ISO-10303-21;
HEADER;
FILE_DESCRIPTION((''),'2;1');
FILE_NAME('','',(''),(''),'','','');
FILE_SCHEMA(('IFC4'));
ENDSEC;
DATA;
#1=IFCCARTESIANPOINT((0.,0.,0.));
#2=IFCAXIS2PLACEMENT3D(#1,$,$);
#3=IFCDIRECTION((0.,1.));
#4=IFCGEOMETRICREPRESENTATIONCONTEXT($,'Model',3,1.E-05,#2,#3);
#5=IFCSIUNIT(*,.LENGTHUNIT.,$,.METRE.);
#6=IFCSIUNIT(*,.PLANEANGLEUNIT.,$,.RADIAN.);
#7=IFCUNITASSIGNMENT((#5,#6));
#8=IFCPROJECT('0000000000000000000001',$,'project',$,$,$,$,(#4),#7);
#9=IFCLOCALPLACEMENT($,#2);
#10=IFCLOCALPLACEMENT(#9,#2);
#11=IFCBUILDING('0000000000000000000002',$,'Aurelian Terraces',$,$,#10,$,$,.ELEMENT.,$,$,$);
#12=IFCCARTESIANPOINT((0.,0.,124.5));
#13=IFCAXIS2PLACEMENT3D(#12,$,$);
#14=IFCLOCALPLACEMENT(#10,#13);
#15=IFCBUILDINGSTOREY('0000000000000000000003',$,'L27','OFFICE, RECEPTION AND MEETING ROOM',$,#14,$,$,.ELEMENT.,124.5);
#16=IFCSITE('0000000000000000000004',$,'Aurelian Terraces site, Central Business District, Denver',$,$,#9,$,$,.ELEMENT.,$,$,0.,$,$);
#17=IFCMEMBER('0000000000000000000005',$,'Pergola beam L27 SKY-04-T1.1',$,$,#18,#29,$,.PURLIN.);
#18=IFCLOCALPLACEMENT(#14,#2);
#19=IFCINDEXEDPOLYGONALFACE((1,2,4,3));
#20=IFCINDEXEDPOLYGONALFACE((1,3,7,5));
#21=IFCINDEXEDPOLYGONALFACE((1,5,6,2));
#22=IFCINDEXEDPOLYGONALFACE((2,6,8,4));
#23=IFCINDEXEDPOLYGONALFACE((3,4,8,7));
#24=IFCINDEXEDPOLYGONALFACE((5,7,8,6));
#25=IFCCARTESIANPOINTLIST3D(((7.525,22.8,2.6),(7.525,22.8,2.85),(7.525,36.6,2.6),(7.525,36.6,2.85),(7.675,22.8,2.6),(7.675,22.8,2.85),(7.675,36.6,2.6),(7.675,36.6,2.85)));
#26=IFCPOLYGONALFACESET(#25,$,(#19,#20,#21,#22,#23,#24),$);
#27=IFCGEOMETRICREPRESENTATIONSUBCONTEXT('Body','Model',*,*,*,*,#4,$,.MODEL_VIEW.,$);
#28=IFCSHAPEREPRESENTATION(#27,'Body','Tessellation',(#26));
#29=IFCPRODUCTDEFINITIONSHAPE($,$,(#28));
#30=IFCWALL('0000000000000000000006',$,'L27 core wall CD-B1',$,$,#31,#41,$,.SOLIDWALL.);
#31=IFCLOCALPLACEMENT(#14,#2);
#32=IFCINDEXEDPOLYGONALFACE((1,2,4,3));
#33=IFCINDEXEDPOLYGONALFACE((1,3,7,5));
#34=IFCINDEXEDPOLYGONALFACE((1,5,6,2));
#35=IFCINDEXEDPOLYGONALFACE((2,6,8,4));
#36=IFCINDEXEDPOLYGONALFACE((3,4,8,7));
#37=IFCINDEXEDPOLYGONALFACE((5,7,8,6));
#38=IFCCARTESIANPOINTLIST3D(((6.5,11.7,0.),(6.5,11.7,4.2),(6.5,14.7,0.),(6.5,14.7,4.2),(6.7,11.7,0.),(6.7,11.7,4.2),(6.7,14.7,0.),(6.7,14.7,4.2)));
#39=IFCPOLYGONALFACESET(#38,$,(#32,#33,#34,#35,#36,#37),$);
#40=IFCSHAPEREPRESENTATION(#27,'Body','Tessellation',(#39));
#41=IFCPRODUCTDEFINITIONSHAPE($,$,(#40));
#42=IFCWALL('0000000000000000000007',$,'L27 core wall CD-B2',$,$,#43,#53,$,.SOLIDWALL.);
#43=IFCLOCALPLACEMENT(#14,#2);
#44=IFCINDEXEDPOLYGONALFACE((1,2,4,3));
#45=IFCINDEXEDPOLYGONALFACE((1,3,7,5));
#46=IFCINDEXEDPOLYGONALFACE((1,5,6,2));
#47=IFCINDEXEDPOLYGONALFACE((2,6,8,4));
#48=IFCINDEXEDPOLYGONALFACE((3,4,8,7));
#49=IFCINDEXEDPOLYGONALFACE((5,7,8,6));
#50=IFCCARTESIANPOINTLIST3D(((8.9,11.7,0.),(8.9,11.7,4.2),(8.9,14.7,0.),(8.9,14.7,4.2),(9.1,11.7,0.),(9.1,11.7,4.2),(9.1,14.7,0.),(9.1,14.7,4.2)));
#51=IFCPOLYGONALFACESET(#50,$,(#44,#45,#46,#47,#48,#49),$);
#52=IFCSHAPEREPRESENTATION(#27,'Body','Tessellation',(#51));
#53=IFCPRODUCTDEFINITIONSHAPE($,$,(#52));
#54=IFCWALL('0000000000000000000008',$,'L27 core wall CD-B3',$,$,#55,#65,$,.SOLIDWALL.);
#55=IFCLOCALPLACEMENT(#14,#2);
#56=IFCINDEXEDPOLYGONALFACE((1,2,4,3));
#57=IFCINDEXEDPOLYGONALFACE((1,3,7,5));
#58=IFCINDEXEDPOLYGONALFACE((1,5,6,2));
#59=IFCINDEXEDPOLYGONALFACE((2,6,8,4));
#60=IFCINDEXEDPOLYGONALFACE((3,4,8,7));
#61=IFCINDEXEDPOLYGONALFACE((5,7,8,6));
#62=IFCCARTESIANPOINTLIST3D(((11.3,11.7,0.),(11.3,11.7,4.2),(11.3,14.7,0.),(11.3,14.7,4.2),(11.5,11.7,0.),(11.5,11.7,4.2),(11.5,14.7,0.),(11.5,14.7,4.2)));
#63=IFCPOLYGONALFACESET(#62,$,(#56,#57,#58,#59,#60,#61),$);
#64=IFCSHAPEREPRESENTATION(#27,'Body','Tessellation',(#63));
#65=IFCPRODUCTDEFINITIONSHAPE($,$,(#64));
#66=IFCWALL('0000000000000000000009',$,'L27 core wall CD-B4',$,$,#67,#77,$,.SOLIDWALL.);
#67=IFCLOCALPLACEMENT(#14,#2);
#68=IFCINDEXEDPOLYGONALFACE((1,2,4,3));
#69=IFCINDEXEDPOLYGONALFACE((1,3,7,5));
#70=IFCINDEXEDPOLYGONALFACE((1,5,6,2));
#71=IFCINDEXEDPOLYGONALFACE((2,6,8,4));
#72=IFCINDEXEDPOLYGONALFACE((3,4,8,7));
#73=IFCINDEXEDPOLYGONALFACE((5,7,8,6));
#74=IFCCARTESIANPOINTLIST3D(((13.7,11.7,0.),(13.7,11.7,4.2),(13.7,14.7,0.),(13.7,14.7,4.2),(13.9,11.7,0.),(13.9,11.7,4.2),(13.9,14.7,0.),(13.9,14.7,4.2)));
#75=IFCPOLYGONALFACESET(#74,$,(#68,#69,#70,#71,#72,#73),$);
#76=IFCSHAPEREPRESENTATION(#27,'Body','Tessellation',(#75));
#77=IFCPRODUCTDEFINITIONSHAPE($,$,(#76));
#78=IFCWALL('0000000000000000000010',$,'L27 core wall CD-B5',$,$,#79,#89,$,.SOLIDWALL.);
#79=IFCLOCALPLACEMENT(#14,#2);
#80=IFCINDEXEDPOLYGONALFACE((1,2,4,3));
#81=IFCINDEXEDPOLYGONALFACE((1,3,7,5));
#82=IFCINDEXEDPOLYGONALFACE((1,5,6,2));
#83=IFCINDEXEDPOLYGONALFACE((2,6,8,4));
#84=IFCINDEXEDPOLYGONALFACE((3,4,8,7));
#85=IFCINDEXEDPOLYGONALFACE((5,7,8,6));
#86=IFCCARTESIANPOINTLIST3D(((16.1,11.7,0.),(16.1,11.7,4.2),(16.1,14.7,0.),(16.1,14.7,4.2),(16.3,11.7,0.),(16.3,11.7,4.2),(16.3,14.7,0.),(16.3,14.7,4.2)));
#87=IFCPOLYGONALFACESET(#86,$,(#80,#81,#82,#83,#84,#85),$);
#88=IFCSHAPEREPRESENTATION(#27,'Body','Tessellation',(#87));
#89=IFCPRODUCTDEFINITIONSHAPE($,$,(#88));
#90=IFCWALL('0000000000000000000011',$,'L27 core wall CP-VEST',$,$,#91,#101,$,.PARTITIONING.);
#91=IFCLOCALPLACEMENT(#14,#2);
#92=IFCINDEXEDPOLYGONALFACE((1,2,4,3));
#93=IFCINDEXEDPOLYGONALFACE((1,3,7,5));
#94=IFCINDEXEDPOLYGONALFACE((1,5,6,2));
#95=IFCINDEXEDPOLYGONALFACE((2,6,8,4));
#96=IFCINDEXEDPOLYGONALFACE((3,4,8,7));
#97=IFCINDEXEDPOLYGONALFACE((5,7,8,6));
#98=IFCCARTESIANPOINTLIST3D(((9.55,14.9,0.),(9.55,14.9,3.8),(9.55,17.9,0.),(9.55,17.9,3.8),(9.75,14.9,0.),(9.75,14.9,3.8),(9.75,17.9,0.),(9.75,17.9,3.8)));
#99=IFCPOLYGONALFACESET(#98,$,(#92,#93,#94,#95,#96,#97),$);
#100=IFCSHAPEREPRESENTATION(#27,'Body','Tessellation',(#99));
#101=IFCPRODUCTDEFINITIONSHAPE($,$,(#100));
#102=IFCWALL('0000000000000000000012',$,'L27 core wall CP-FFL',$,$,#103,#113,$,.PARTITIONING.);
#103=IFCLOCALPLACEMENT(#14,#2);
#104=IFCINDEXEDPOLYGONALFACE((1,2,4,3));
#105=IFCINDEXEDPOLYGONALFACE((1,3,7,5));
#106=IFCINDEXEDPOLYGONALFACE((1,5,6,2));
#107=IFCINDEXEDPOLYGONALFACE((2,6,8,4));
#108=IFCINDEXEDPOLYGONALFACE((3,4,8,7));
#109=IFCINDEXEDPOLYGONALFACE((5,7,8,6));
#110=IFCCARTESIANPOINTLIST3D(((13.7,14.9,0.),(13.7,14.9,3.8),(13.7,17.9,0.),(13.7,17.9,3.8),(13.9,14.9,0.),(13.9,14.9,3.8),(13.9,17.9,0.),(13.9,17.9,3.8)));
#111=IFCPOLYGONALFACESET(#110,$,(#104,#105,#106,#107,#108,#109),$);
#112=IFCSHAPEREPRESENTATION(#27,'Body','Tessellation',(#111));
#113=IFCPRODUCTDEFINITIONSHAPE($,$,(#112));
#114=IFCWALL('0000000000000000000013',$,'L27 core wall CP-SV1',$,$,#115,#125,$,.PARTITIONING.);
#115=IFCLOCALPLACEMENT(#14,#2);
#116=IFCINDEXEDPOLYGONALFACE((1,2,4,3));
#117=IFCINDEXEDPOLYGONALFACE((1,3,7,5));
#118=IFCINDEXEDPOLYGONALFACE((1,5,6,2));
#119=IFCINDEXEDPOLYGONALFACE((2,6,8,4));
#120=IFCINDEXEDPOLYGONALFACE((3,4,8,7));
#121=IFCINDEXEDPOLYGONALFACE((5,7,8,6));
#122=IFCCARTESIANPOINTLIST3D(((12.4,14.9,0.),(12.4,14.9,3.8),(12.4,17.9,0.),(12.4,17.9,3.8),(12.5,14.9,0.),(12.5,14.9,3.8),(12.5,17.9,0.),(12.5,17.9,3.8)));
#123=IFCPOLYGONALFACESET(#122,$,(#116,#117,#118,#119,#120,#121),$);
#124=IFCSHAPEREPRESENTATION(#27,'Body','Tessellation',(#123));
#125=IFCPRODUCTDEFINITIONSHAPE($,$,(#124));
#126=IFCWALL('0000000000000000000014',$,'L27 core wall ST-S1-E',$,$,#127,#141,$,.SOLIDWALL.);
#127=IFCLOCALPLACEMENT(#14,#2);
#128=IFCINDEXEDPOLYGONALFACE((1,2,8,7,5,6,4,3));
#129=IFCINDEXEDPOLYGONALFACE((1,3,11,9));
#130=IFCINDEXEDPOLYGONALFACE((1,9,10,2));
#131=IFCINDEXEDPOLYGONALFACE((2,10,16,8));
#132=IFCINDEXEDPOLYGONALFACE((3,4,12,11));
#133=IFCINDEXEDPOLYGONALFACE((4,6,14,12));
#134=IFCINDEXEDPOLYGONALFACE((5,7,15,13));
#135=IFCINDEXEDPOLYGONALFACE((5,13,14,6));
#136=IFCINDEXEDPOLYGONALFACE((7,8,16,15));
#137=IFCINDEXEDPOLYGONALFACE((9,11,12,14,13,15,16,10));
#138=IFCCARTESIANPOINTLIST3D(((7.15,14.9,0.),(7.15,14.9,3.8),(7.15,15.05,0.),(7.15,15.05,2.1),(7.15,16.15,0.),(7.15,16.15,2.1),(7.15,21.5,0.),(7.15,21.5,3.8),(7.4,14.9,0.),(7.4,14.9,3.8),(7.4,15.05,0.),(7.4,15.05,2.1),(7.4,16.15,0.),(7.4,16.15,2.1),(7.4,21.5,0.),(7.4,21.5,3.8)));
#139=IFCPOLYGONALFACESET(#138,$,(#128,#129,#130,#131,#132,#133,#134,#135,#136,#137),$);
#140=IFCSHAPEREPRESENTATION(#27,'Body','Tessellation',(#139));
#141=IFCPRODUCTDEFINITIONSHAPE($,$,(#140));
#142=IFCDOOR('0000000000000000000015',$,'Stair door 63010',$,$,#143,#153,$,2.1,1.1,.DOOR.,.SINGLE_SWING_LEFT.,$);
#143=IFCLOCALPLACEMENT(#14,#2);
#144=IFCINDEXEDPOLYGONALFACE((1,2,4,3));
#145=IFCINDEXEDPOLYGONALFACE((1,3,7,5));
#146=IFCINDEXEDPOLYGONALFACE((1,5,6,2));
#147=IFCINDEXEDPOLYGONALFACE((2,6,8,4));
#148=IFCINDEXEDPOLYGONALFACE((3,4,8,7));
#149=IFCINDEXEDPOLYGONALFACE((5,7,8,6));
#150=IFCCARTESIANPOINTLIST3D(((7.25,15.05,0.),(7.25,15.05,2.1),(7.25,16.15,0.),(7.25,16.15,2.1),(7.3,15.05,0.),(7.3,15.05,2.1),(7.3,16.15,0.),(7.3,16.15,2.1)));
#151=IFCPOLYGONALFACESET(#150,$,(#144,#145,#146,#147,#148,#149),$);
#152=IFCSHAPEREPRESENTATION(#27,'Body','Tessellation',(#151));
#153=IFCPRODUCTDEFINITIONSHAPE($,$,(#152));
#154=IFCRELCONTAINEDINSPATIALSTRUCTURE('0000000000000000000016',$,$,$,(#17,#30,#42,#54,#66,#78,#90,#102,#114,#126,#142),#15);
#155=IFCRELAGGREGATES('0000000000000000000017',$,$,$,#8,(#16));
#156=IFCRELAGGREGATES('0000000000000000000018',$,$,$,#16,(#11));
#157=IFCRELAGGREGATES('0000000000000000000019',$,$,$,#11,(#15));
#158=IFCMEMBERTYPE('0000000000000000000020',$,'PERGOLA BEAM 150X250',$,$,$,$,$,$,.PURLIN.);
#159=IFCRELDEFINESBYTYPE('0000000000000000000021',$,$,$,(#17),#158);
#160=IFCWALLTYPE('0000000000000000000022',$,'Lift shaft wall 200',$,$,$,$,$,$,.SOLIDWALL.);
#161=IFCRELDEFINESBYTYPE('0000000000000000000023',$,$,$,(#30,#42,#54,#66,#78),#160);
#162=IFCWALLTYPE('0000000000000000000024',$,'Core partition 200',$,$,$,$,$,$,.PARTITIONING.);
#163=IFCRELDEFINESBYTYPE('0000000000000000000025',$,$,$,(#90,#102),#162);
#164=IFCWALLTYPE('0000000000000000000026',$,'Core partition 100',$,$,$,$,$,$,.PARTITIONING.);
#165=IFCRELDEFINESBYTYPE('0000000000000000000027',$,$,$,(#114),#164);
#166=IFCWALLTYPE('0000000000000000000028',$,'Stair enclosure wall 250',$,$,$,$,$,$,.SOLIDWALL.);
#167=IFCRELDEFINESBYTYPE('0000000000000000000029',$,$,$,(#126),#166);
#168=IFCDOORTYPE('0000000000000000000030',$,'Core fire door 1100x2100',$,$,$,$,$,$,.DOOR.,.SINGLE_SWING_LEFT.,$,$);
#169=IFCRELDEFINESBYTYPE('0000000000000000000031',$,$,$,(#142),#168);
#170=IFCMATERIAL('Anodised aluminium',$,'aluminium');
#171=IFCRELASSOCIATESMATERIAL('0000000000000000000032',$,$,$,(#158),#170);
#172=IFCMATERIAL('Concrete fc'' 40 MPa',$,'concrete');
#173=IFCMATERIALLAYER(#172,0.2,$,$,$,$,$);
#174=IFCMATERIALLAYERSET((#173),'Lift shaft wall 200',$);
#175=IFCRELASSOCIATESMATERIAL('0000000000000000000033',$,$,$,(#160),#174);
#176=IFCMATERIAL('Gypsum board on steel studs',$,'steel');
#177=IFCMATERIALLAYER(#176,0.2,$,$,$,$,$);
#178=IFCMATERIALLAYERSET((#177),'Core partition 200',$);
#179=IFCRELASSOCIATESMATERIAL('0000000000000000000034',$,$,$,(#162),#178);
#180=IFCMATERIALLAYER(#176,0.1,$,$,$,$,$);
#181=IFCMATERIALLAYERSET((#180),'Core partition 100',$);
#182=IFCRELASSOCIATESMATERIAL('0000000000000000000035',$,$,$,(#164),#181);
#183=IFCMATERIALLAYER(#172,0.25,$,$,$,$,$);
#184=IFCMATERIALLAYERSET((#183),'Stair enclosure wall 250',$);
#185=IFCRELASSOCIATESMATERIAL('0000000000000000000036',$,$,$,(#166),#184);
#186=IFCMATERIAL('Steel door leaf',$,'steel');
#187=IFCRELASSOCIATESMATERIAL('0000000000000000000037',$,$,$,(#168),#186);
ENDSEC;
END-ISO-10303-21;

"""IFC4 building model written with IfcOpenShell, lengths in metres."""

from ifc_helpers import new_model, si_unit, direction, frame, frame_2d, origin, origin_2d, place, context, subcontext, project, spatial, rectangle, extrude, source, transform, mapped, material, layer, layer_set, material_profile, profile_set, type_object, element, fill, save


model = new_model("IFC4")

# Units and contexts
model_context = context("Model", 3, precision=1e-05, world=origin(), true_north=direction((0.0, 1.0)))
body_context = subcontext(model_context, "Body", "Model", "MODEL_VIEW")
ifc_project = project(units=[si_unit("LENGTHUNIT", "METRE"), si_unit("PLANEANGLEUNIT", "RADIAN")], contexts=[model_context])

# Site, building, storey
site_placement = place(None, origin())
site = spatial("IfcSite", under=ifc_project, at=site_placement, Name="Aurelian Terraces site, Central Business District, Denver", CompositionType="ELEMENT", RefElevation=0.0)
building_placement = place(site_placement, origin())
building = spatial("IfcBuilding", under=site, at=building_placement, Name="Aurelian Terraces", CompositionType="ELEMENT")
storey_placement = place(building_placement, frame((0.0, 0.0, 124.5)))
storey = spatial("IfcBuildingStorey", under=building, at=storey_placement, Name="L27", Description="OFFICE, RECEPTION AND MEETING ROOM", CompositionType="ELEMENT", Elevation=124.5)

# Member
ifc_material_1 = material(Name="Anodised aluminium", Category="aluminium")
ifc_material_profile = material_profile(ifc_material_1, rectangle(XDim=0.15, YDim=0.25, at=origin_2d()))
ifc_profile_set = profile_set([ifc_material_profile], Name="Anodised aluminium")
member_type = type_object("IfcMemberType", Name="PERGOLA BEAM 150X250", PredefinedType="PURLIN", material=ifc_profile_set)
shared_shape_1 = source(origin(), body_context, "Body", "SweptSolid", [
    extrude(rectangle(XDim=0.15, YDim=0.25, at=origin_2d()), origin(), (0.0, 0.0, 1.0), 13.8),
])
member_placement = place(storey_placement, frame((7.6, 22.8, 2.725), z_axis=(0.0, 1.0, 0.0), x_axis=(-1.0, 0.0, 0.0)))
element("IfcMember", 1, at=member_placement, inside=storey, type_object=member_type, Name="Pergola beam L27 SKY-04-T1.1", PredefinedType="PURLIN", context=body_context, shape_type="MappedRepresentation", body=[
    mapped(shared_shape_1, transform((0.0, 0.0, 0.0), scale=1.0)),
])

# Walls
ifc_material_2 = material(Name="Concrete fc' 40 MPa", Category="concrete")
ifc_layer_1 = layer(ifc_material_2, 0.2)
ifc_layer_set_1 = layer_set([ifc_layer_1], Name="Lift shaft wall 200")
wall_type_1 = type_object("IfcWallType", Name="Lift shaft wall 200", PredefinedType="SOLIDWALL", material=ifc_layer_set_1)
shared_shape_2 = source(origin(), body_context, "Body", "SweptSolid", [
    extrude(rectangle(XDim=3.0, YDim=0.2, at=frame_2d((1.5, 0.0))), origin(), (0.0, 0.0, 1.0), 4.2),
])
for number, where, z_axis, x_axis, name in (
    (2, (6.6, 11.7, 0.0), (0.0, 0.0, 1.0), (0.0, 1.0, 0.0), "L27 core wall CD-B1"),
    (3, (9.0, 11.7, 0.0), (0.0, 0.0, 1.0), (0.0, 1.0, 0.0), "L27 core wall CD-B2"),
    (4, (11.4, 11.7, 0.0), (0.0, 0.0, 1.0), (0.0, 1.0, 0.0), "L27 core wall CD-B3"),
    (5, (13.8, 11.7, 0.0), (0.0, 0.0, 1.0), (0.0, 1.0, 0.0), "L27 core wall CD-B4"),
    (6, (16.2, 11.7, 0.0), (0.0, 0.0, 1.0), (0.0, 1.0, 0.0), "L27 core wall CD-B5"),
):
    element("IfcWall", number, at=place(storey_placement, frame(where, z_axis=z_axis, x_axis=x_axis)), inside=storey, type_object=wall_type_1, Name=name, PredefinedType="SOLIDWALL", context=body_context, shape_type="MappedRepresentation", body=[
        mapped(shared_shape_2, transform((0.0, 0.0, 0.0), scale=1.0)),
    ])
ifc_material_3 = material(Name="Gypsum board on steel studs", Category="steel")
ifc_layer_2 = layer(ifc_material_3, 0.2)
ifc_layer_set_2 = layer_set([ifc_layer_2], Name="Core partition 200")
wall_type_2 = type_object("IfcWallType", Name="Core partition 200", PredefinedType="PARTITIONING", material=ifc_layer_set_2)
shared_shape_3 = source(origin(), body_context, "Body", "SweptSolid", [
    extrude(rectangle(XDim=3.0, YDim=0.2, at=frame_2d((1.5, 0.0))), origin(), (0.0, 0.0, 1.0), 3.8),
])
for number, where, z_axis, x_axis, name in (
    (7, (9.65, 14.9, 0.0), (0.0, 0.0, 1.0), (0.0, 1.0, 0.0), "L27 core wall CP-VEST"),
    (8, (13.8, 14.9, 0.0), (0.0, 0.0, 1.0), (0.0, 1.0, 0.0), "L27 core wall CP-FFL"),
):
    element("IfcWall", number, at=place(storey_placement, frame(where, z_axis=z_axis, x_axis=x_axis)), inside=storey, type_object=wall_type_2, Name=name, PredefinedType="PARTITIONING", context=body_context, shape_type="MappedRepresentation", body=[
        mapped(shared_shape_3, transform((0.0, 0.0, 0.0), scale=1.0)),
    ])
ifc_layer_3 = layer(ifc_material_3, 0.1)
ifc_layer_set_3 = layer_set([ifc_layer_3], Name="Core partition 100")
wall_type_3 = type_object("IfcWallType", Name="Core partition 100", PredefinedType="PARTITIONING", material=ifc_layer_set_3)
shared_shape_4 = source(origin(), body_context, "Body", "SweptSolid", [
    extrude(rectangle(XDim=3.0, YDim=0.1, at=frame_2d((1.5, 0.0))), origin(), (0.0, 0.0, 1.0), 3.8),
])
wall_1_placement = place(storey_placement, frame((12.45, 14.9, 0.0), z_axis=(0.0, 0.0, 1.0), x_axis=(0.0, 1.0, 0.0)))
element("IfcWall", 9, at=wall_1_placement, inside=storey, type_object=wall_type_3, Name="L27 core wall CP-SV1", PredefinedType="PARTITIONING", context=body_context, shape_type="MappedRepresentation", body=[
    mapped(shared_shape_4, transform((0.0, 0.0, 0.0), scale=1.0)),
])

# Wall, opening, door
ifc_layer_4 = layer(ifc_material_2, 0.25)
ifc_layer_set_4 = layer_set([ifc_layer_4], Name="Stair enclosure wall 250")
wall_type_4 = type_object("IfcWallType", Name="Stair enclosure wall 250", PredefinedType="SOLIDWALL", material=ifc_layer_set_4)
shared_shape_5 = source(origin(), body_context, "Body", "SweptSolid", [
    extrude(rectangle(XDim=6.6, YDim=0.25, at=frame_2d((3.3, 0.0))), origin(), (0.0, 0.0, 1.0), 3.8),
])
wall_2_placement = place(storey_placement, frame((7.275, 14.9, 0.0), z_axis=(0.0, 0.0, 1.0), x_axis=(0.0, 1.0, 0.0)))
wall_2 = element("IfcWall", 10, at=wall_2_placement, inside=storey, type_object=wall_type_4, Name="L27 core wall ST-S1-E", PredefinedType="SOLIDWALL", context=body_context, shape_type="MappedRepresentation", body=[
    mapped(shared_shape_5, transform((0.0, 0.0, 0.0), scale=1.0)),
])
shared_shape_6 = source(origin(), body_context, "Body", "SweptSolid", [
    extrude(rectangle(XDim=1.1, YDim=2.1, at=frame_2d((0.55, 1.05))), frame((0.0, 0.135, 0.0), z_axis=(0.0, -1.0, 0.0), x_axis=(1.0, 0.0, 0.0)), (0.0, 0.0, 1.0), 0.27),
])
opening_1_placement = place(wall_2_placement, frame((0.15, 0.0, 0.0)))
opening_1 = element("IfcOpeningElement", 11, at=opening_1_placement, cuts=wall_2, PredefinedType="OPENING", context=body_context, shape_type="MappedRepresentation", body=[
    mapped(shared_shape_6, transform((0.0, 0.0, 0.0), scale=1.0)),
])
ifc_material_4 = material(Name="Steel door leaf", Category="steel")
door_type_1 = type_object("IfcDoorType", Name="Core fire door 1100x2100", OperationType="SINGLE_SWING_LEFT", PredefinedType="DOOR", material=ifc_material_4)
shared_shape_7 = source(origin(), body_context, "Body", "SweptSolid", [
    extrude(rectangle(XDim=1.1, YDim=2.1, at=frame_2d((0.55, 1.05))), frame((0.0, 0.025, 0.0), z_axis=(0.0, -1.0, 0.0), x_axis=(1.0, 0.0, 0.0)), (0.0, 0.0, 1.0), 0.05),
])
door_1_placement = place(opening_1_placement, origin())
door_1 = element("IfcDoor", 12, at=door_1_placement, inside=storey, type_object=door_type_1, Name="Stair door 63010", OperationType="SINGLE_SWING_LEFT", OverallHeight=2.1, OverallWidth=1.1, PredefinedType="DOOR", context=body_context, shape_type="MappedRepresentation", body=[
    mapped(shared_shape_7, transform((0.0, 0.0, 0.0), scale=1.0)),
])
fill(opening_1, door_1)

save(model, "model.ifc")
